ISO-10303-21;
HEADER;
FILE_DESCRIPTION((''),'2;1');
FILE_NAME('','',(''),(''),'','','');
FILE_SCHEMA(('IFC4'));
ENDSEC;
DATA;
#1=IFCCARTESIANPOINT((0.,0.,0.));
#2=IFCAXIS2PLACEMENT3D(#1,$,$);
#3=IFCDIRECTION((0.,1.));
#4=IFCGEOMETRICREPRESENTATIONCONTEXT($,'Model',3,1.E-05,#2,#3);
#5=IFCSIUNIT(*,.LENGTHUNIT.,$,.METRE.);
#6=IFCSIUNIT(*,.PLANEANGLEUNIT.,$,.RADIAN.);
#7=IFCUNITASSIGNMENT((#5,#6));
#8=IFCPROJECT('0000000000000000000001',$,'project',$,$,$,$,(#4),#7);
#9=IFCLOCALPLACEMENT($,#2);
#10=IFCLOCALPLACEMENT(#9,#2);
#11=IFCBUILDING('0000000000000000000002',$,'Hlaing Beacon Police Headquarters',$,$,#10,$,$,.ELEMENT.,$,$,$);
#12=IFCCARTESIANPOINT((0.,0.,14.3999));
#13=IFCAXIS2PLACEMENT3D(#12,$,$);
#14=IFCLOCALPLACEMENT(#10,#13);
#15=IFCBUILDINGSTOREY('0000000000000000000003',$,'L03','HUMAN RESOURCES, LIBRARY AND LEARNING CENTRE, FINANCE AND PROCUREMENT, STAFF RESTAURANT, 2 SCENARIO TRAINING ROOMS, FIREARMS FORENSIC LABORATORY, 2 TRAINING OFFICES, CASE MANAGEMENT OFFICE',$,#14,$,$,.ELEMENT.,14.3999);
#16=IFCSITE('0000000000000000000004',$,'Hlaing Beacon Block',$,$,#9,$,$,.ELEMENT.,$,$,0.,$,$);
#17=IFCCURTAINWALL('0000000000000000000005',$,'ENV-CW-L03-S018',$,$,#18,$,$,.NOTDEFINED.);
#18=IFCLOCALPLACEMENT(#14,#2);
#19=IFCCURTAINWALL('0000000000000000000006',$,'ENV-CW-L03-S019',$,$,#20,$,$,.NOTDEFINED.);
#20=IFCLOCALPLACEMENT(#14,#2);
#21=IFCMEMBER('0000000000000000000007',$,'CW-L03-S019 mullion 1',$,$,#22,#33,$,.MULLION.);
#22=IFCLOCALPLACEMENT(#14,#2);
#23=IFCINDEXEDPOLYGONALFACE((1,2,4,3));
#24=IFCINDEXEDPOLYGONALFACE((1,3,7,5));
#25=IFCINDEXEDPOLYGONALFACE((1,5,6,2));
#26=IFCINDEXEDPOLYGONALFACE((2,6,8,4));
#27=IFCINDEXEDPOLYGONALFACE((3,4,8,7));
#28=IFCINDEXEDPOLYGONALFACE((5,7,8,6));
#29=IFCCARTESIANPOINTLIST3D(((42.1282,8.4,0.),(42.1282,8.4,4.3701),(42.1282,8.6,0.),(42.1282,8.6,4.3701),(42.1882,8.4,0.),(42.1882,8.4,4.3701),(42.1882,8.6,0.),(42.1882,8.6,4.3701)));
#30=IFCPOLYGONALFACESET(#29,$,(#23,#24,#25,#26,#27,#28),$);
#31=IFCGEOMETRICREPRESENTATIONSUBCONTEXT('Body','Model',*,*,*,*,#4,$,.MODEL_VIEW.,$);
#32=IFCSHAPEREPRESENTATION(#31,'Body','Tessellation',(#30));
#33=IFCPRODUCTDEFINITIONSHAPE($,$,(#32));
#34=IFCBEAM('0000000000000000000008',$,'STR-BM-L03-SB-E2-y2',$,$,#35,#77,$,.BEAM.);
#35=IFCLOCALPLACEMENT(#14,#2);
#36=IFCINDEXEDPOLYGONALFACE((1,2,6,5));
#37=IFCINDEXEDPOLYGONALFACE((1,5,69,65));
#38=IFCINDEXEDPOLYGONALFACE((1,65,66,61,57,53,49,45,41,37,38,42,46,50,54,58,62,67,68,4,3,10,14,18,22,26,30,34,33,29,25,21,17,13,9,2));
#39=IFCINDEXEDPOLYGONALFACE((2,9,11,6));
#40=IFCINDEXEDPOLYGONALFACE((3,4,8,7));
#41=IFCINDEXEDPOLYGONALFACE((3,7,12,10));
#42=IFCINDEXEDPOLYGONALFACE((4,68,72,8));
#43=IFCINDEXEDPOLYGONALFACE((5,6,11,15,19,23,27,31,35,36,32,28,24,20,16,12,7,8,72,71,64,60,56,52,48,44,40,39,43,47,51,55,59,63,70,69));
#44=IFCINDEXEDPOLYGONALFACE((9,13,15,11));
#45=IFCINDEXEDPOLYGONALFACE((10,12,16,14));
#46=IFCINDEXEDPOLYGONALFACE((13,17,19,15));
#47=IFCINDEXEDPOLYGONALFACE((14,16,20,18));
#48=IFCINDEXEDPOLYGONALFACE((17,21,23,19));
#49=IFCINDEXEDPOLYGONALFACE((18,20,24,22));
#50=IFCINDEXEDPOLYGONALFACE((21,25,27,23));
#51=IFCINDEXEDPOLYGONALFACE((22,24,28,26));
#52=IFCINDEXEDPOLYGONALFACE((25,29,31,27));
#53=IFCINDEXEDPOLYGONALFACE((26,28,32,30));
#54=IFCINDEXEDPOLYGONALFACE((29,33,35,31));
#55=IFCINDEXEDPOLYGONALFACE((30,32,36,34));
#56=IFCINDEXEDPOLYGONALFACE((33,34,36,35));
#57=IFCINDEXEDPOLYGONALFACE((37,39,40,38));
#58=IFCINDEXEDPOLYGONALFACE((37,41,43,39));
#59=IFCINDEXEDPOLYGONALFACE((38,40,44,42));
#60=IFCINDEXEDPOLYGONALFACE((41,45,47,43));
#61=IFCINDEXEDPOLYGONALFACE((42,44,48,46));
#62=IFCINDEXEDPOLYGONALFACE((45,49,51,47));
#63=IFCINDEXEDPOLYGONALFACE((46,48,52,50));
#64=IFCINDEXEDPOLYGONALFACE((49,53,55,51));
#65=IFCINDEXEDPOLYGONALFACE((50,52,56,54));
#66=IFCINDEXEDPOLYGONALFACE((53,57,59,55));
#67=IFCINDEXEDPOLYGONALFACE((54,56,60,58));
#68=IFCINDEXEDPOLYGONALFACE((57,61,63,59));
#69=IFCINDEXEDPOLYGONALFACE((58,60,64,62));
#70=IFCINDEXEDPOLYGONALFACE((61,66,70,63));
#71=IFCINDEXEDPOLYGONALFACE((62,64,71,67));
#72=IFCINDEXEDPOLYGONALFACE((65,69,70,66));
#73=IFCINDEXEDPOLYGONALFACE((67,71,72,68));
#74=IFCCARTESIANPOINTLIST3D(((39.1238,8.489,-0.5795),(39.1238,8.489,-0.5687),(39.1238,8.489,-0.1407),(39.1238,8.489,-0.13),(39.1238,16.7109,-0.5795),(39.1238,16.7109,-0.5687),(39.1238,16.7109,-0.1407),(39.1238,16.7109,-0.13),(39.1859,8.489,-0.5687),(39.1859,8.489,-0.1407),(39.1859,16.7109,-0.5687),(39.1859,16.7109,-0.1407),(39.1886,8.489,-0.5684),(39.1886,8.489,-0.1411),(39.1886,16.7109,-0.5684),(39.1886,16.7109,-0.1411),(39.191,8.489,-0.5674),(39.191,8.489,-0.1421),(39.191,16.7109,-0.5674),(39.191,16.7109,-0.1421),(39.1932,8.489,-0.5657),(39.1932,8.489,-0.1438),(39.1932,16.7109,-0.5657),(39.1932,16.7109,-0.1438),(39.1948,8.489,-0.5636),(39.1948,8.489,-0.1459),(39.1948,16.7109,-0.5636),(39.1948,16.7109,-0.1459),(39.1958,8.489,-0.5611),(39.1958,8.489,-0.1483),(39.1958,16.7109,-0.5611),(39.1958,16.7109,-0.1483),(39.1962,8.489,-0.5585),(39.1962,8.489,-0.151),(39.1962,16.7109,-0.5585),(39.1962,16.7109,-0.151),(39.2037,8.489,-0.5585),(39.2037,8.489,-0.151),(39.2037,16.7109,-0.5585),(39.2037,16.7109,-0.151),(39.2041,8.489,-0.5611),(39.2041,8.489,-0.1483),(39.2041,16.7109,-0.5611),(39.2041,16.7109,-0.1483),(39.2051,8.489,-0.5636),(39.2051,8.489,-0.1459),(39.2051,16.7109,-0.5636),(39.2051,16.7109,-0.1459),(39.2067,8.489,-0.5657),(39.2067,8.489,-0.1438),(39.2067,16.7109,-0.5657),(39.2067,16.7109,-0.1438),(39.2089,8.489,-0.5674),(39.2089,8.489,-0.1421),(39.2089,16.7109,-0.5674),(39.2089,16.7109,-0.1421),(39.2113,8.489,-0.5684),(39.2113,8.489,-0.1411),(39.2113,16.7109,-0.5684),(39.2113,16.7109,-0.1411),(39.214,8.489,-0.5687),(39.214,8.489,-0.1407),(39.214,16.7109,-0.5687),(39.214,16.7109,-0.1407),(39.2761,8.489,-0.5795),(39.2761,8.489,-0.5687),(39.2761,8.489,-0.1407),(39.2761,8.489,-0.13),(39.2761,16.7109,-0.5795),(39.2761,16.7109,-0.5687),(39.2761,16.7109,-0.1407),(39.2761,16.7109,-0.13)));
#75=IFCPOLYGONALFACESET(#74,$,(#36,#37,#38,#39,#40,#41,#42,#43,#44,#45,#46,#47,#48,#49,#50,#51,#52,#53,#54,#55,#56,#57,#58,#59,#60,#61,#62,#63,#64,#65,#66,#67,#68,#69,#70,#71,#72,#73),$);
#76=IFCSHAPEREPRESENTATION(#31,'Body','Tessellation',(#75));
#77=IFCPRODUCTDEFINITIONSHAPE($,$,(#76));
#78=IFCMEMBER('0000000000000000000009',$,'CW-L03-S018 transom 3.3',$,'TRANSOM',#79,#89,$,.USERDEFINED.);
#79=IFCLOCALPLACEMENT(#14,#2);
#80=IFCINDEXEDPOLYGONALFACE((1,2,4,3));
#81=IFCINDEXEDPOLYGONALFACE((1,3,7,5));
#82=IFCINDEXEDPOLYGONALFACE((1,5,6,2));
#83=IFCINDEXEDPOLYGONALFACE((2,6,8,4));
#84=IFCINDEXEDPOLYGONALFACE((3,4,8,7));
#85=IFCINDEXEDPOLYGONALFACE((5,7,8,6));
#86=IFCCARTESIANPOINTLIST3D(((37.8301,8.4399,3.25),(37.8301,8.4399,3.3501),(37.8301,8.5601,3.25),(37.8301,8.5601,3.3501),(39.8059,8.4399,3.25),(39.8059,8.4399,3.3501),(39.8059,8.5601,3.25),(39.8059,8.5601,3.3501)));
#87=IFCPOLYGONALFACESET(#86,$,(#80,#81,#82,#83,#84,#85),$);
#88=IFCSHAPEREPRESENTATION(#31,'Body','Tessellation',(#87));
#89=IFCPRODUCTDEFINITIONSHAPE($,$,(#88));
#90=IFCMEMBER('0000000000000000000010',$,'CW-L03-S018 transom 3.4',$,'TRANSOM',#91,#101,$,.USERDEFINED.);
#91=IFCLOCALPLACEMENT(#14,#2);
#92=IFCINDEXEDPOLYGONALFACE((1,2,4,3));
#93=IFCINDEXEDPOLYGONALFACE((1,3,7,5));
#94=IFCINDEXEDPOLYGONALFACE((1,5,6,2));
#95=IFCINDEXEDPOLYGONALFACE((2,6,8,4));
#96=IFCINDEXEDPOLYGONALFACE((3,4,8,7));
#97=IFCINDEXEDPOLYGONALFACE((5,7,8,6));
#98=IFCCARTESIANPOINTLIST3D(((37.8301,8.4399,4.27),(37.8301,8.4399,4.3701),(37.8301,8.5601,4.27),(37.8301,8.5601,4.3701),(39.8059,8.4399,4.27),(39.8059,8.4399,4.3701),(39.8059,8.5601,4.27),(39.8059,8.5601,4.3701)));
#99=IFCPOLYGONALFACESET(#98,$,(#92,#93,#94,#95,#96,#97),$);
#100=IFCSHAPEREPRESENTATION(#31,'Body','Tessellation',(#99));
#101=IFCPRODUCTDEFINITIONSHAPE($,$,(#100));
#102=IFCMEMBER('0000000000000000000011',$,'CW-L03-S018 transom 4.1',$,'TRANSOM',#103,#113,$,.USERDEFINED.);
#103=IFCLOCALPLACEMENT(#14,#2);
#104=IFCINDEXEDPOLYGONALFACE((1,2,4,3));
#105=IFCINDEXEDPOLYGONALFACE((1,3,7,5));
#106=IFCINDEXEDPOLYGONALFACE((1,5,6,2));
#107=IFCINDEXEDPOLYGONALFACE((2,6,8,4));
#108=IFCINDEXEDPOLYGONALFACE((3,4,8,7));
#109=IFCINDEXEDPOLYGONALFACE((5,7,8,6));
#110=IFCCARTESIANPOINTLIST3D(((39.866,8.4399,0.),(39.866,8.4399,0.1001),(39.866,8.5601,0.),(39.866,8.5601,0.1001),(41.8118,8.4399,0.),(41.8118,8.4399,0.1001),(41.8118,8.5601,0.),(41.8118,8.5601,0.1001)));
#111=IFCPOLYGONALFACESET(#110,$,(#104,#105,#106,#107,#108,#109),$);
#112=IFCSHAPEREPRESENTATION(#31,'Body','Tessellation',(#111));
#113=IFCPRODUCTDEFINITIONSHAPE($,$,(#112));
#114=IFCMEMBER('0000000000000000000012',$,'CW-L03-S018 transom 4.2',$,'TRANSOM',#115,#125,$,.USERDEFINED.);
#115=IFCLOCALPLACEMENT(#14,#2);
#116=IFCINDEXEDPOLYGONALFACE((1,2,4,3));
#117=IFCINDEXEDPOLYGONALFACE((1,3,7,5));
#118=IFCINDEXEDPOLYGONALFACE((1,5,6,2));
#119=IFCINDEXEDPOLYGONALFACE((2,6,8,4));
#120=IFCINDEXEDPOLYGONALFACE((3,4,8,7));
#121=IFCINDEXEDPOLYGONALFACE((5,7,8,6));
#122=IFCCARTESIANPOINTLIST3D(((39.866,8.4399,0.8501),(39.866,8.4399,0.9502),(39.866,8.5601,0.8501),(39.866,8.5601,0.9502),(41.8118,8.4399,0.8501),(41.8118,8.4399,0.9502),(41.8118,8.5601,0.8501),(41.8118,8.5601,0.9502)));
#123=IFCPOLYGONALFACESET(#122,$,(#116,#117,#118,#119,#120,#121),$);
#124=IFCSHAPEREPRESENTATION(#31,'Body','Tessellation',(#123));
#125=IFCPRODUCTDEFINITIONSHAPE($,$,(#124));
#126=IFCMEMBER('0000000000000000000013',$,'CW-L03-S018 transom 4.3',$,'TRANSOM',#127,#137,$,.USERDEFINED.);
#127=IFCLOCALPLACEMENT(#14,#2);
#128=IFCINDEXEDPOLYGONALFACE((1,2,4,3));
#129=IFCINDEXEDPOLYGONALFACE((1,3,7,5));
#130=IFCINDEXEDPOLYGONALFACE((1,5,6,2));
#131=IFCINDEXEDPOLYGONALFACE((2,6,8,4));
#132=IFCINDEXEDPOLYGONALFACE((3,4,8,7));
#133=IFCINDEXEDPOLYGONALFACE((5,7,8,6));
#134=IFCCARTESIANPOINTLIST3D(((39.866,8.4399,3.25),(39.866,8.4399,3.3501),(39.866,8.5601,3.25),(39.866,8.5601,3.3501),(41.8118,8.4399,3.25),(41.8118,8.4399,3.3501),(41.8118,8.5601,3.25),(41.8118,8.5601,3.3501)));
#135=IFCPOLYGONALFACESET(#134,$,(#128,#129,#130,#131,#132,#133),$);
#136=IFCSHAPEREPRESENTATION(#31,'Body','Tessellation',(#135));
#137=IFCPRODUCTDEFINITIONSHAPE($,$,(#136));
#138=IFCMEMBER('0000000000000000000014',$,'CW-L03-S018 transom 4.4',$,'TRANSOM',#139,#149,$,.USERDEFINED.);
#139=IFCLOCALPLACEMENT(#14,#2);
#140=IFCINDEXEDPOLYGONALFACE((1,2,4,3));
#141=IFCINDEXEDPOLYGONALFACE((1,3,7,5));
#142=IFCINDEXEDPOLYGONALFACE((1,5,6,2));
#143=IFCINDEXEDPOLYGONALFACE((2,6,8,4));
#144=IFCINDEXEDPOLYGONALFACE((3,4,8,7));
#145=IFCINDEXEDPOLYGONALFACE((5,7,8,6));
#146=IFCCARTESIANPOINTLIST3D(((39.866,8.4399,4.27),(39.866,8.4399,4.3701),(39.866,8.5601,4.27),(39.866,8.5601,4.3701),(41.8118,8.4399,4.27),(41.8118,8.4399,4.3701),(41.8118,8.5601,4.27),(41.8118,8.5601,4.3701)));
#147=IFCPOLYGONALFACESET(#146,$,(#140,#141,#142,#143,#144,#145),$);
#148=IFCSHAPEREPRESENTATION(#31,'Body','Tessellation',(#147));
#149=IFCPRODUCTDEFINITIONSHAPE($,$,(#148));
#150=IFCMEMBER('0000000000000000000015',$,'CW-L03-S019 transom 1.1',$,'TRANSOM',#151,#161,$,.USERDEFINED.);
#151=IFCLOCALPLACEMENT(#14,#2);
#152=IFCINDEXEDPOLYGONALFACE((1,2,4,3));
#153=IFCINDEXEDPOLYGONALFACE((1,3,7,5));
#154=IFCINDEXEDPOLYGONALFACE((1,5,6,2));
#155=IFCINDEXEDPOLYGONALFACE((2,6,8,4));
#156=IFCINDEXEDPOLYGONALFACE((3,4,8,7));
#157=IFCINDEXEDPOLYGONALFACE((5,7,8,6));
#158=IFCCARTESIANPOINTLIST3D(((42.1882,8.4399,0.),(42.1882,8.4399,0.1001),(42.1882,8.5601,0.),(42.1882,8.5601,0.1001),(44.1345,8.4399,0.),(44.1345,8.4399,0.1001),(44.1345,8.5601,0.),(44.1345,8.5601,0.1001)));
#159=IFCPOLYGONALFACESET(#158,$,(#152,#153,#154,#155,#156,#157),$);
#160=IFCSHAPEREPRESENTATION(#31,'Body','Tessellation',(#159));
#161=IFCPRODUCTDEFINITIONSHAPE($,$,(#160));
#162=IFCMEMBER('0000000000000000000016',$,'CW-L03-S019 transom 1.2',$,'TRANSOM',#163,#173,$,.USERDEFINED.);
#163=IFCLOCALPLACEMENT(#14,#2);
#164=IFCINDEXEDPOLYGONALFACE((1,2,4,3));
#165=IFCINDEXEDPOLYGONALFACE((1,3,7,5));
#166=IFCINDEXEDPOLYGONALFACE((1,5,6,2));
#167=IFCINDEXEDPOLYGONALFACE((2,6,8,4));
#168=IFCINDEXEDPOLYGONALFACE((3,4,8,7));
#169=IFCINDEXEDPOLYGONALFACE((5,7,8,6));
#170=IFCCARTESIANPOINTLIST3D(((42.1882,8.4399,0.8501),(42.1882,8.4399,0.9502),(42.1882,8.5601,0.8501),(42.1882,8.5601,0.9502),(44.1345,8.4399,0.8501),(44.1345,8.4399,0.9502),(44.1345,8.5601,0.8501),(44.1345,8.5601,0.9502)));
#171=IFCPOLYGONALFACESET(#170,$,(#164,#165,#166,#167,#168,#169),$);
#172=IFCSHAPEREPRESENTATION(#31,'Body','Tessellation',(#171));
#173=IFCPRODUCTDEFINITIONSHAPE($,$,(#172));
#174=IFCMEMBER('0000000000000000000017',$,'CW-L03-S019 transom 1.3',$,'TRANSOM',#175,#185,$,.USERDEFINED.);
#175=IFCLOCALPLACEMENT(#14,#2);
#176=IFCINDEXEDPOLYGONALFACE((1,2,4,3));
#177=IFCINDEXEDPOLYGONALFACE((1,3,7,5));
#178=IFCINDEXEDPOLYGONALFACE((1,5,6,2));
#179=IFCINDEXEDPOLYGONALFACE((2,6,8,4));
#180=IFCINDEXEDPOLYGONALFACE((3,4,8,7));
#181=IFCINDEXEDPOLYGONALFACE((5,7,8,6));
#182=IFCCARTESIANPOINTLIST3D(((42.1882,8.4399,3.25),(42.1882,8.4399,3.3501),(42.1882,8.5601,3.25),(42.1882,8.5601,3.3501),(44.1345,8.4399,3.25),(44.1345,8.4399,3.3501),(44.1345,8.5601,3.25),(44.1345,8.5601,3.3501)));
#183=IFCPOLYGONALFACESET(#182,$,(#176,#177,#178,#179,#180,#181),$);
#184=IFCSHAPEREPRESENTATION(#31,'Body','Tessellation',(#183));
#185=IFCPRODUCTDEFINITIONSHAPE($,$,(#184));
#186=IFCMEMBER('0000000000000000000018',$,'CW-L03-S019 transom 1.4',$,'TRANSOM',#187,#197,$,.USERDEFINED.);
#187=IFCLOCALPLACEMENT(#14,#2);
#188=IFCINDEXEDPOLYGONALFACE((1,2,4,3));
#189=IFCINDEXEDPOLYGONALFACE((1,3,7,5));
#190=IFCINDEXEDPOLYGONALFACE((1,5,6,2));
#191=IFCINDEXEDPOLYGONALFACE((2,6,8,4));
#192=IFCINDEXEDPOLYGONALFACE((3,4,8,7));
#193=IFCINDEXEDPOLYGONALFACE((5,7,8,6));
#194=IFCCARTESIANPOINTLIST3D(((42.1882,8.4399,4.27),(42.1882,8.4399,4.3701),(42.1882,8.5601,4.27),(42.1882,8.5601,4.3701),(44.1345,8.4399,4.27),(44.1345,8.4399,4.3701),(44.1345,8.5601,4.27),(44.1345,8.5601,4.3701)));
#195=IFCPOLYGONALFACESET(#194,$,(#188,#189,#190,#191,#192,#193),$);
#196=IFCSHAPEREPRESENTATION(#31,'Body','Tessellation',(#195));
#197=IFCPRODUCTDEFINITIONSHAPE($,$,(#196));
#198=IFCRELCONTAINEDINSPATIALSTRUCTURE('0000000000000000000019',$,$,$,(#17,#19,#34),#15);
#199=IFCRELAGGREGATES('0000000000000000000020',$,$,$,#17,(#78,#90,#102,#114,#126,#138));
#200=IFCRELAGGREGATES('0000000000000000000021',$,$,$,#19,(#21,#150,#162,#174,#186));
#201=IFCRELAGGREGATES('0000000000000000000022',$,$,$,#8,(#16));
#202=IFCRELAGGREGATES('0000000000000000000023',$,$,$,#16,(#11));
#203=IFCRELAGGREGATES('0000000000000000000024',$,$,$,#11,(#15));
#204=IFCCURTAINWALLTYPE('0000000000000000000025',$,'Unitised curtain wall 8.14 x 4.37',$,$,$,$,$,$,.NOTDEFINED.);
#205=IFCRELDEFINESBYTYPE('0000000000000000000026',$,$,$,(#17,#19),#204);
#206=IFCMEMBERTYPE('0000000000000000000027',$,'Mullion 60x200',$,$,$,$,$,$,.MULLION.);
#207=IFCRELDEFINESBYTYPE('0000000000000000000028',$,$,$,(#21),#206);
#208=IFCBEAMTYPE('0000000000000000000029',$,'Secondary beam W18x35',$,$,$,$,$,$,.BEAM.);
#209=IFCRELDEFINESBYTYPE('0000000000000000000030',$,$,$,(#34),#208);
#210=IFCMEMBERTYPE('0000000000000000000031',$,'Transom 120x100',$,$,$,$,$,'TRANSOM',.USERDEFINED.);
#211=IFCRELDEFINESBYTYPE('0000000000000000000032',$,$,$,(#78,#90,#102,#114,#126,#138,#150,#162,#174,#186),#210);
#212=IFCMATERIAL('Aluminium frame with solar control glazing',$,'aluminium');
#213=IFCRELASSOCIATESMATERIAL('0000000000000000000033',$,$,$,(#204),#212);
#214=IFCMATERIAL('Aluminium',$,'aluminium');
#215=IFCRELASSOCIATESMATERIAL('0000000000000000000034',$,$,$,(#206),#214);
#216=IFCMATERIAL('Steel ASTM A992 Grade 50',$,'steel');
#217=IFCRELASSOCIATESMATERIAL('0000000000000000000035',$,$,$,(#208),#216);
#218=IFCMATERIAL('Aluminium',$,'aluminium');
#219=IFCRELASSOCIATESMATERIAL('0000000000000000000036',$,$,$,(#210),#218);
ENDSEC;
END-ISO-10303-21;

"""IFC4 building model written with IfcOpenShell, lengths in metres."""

from ifc_helpers import new_model, si_unit, direction, frame, origin, origin_2d, place, context, subcontext, project, spatial, rectangle, i_section, extrude, material, material_profile, profile_set, type_object, element, aggregate, save


model = new_model("IFC4")

# Units and contexts
model_context = context("Model", 3, precision=1e-05, world=origin(), true_north=direction((0.0, 1.0)))
body_context = subcontext(model_context, "Body", "Model", "MODEL_VIEW")
ifc_project = project(units=[si_unit("LENGTHUNIT", "METRE"), si_unit("PLANEANGLEUNIT", "RADIAN")], contexts=[model_context])

# Site, building, storey
site_placement = place(None, origin())
site = spatial("IfcSite", under=ifc_project, at=site_placement, Name="Hlaing Beacon Block", CompositionType="ELEMENT", RefElevation=0.0)
building_placement = place(site_placement, origin())
building = spatial("IfcBuilding", under=site, at=building_placement, Name="Hlaing Beacon Police Headquarters", CompositionType="ELEMENT")
storey_placement = place(building_placement, frame((0.0, 0.0, 14.3999)))
storey = spatial("IfcBuildingStorey", under=building, at=storey_placement, Name="L03", Description="HUMAN RESOURCES, LIBRARY AND LEARNING CENTRE, FINANCE AND PROCUREMENT, STAFF RESTAURANT, 2 SCENARIO TRAINING ROOMS, FIREARMS FORENSIC LABORATORY, 2 TRAINING OFFICES, CASE MANAGEMENT OFFICE", CompositionType="ELEMENT", Elevation=14.3999)

# Curtain wall
ifc_material_1 = material(Name="Aluminium frame with solar control glazing", Category="aluminium")
curtain_wall_type = type_object("IfcCurtainWallType", Name="Unitised curtain wall 8.14 x 4.37", PredefinedType="NOTDEFINED", material=ifc_material_1)
curtain_wall_1_placement = place(storey_placement, origin())
curtain_wall_1 = element("IfcCurtainWall", 1, at=curtain_wall_1_placement, inside=storey, type_object=curtain_wall_type, Name="ENV-CW-L03-S018", PredefinedType="NOTDEFINED")
ifc_material_2 = material(Name="Aluminium", Category="aluminium")
ifc_material_profile_1 = material_profile(ifc_material_2, rectangle(XDim=0.2, YDim=0.0601, at=origin_2d()), Name="Mullion 60x200")
ifc_profile_set_1 = profile_set([ifc_material_profile_1], Name="Aluminium")
member_type_1 = type_object("IfcMemberType", Name="Mullion 60x200", PredefinedType="MULLION", material=ifc_profile_set_1)

# Curtain wall, member
curtain_wall_2_placement = place(storey_placement, origin())
curtain_wall_2 = element("IfcCurtainWall", 2, at=curtain_wall_2_placement, inside=storey, type_object=curtain_wall_type, Name="ENV-CW-L03-S019", PredefinedType="NOTDEFINED")
member_1_placement = place(storey_placement, frame((42.1582, 8.5, 0.0), z_axis=(0.0, 0.0, 1.0), x_axis=(0.0, 1.0, 0.0)))
member_1 = element("IfcMember", 3, at=member_1_placement, type_object=member_type_1, Name="CW-L03-S019 mullion 1", PredefinedType="MULLION", context=body_context, shape_type="SweptSolid", body=[
    extrude(rectangle(XDim=0.2, YDim=0.0601, at=origin_2d()), origin(), (0.0, 0.0, 1.0), 4.3701),
])

# Beam
ifc_material_3 = material(Name="Steel ASTM A992 Grade 50", Category="steel")
ifc_material_profile_2 = material_profile(ifc_material_3, i_section(OverallWidth=0.1523, OverallDepth=0.4495, WebThickness=0.0076, FlangeThickness=0.0107, FilletRadius=0.0103, at=origin_2d()), Name="W18x35")
ifc_profile_set_2 = profile_set([ifc_material_profile_2], Name="Steel ASTM A992 Grade 50")
beam_type_1 = type_object("IfcBeamType", Name="Secondary beam W18x35", PredefinedType="BEAM", material=ifc_profile_set_2)
beam_1_placement = place(storey_placement, frame((39.2, 8.489, -0.3547), z_axis=(0.0, 1.0, 0.0), x_axis=(-1.0, 0.0, 0.0)))
element("IfcBeam", 4, at=beam_1_placement, inside=storey, type_object=beam_type_1, Name="STR-BM-L03-SB-E2-y2", PredefinedType="BEAM", context=body_context, shape_type="SweptSolid", body=[
    extrude(i_section(OverallWidth=0.1523, OverallDepth=0.4495, WebThickness=0.0076, FlangeThickness=0.0107, FilletRadius=0.0103, at=origin_2d()), origin(), (0.0, 0.0, 1.0), 8.2219),
])

# Members
ifc_material_4 = material(Name="Aluminium", Category="aluminium")
ifc_material_profile_3 = material_profile(ifc_material_4, rectangle(XDim=0.1201, YDim=0.1001, at=origin_2d()), Name="Transom 120x100")
ifc_profile_set_3 = profile_set([ifc_material_profile_3], Name="Aluminium")
member_type_2 = type_object("IfcMemberType", Name="Transom 120x100", ElementType="TRANSOM", PredefinedType="USERDEFINED", material=ifc_profile_set_3)
member_2_placement = place(storey_placement, frame((37.8301, 8.5, 3.3), z_axis=(1.0, 0.0, 0.0), x_axis=(0.0, 1.0, 0.0)))
member_2 = element("IfcMember", 5, at=member_2_placement, type_object=member_type_2, Name="CW-L03-S018 transom 3.3", ObjectType="TRANSOM", PredefinedType="USERDEFINED", context=body_context, shape_type="SweptSolid", body=[
    extrude(rectangle(XDim=0.1201, YDim=0.1001, at=origin_2d()), origin(), (0.0, 0.0, 1.0), 1.9758),
])
member_3_placement = place(storey_placement, frame((37.8301, 8.5, 4.3201), z_axis=(1.0, 0.0, 0.0), x_axis=(0.0, 1.0, 0.0)))
member_3 = element("IfcMember", 6, at=member_3_placement, type_object=member_type_2, Name="CW-L03-S018 transom 3.4", ObjectType="TRANSOM", PredefinedType="USERDEFINED", context=body_context, shape_type="SweptSolid", body=[
    extrude(rectangle(XDim=0.1201, YDim=0.1001, at=origin_2d()), origin(), (0.0, 0.0, 1.0), 1.9758),
])
member_4_placement = place(storey_placement, frame((39.866, 8.5, 0.05), z_axis=(1.0, 0.0, 0.0), x_axis=(0.0, 1.0, 0.0)))
member_4 = element("IfcMember", 7, at=member_4_placement, type_object=member_type_2, Name="CW-L03-S018 transom 4.1", ObjectType="TRANSOM", PredefinedType="USERDEFINED", context=body_context, shape_type="SweptSolid", body=[
    extrude(rectangle(XDim=0.1201, YDim=0.1001, at=origin_2d()), origin(), (0.0, 0.0, 1.0), 1.9458),
])
member_5_placement = place(storey_placement, frame((39.866, 8.5, 0.9001), z_axis=(1.0, 0.0, 0.0), x_axis=(0.0, 1.0, 0.0)))
member_5 = element("IfcMember", 8, at=member_5_placement, type_object=member_type_2, Name="CW-L03-S018 transom 4.2", ObjectType="TRANSOM", PredefinedType="USERDEFINED", context=body_context, shape_type="SweptSolid", body=[
    extrude(rectangle(XDim=0.1201, YDim=0.1001, at=origin_2d()), origin(), (0.0, 0.0, 1.0), 1.9458),
])
member_6_placement = place(storey_placement, frame((39.866, 8.5, 3.3), z_axis=(1.0, 0.0, 0.0), x_axis=(0.0, 1.0, 0.0)))
member_6 = element("IfcMember", 9, at=member_6_placement, type_object=member_type_2, Name="CW-L03-S018 transom 4.3", ObjectType="TRANSOM", PredefinedType="USERDEFINED", context=body_context, shape_type="SweptSolid", body=[
    extrude(rectangle(XDim=0.1201, YDim=0.1001, at=origin_2d()), origin(), (0.0, 0.0, 1.0), 1.9458),
])
member_7_placement = place(storey_placement, frame((39.866, 8.5, 4.3201), z_axis=(1.0, 0.0, 0.0), x_axis=(0.0, 1.0, 0.0)))
member_7 = element("IfcMember", 10, at=member_7_placement, type_object=member_type_2, Name="CW-L03-S018 transom 4.4", ObjectType="TRANSOM", PredefinedType="USERDEFINED", context=body_context, shape_type="SweptSolid", body=[
    extrude(rectangle(XDim=0.1201, YDim=0.1001, at=origin_2d()), origin(), (0.0, 0.0, 1.0), 1.9458),
])
member_8_placement = place(storey_placement, frame((42.1882, 8.5, 0.05), z_axis=(1.0, 0.0, 0.0), x_axis=(0.0, 1.0, 0.0)))
member_8 = element("IfcMember", 11, at=member_8_placement, type_object=member_type_2, Name="CW-L03-S019 transom 1.1", ObjectType="TRANSOM", PredefinedType="USERDEFINED", context=body_context, shape_type="SweptSolid", body=[
    extrude(rectangle(XDim=0.1201, YDim=0.1001, at=origin_2d()), origin(), (0.0, 0.0, 1.0), 1.9463),
])
member_9_placement = place(storey_placement, frame((42.1882, 8.5, 0.9001), z_axis=(1.0, 0.0, 0.0), x_axis=(0.0, 1.0, 0.0)))
member_9 = element("IfcMember", 12, at=member_9_placement, type_object=member_type_2, Name="CW-L03-S019 transom 1.2", ObjectType="TRANSOM", PredefinedType="USERDEFINED", context=body_context, shape_type="SweptSolid", body=[
    extrude(rectangle(XDim=0.1201, YDim=0.1001, at=origin_2d()), origin(), (0.0, 0.0, 1.0), 1.9463),
])
member_10_placement = place(storey_placement, frame((42.1882, 8.5, 3.3), z_axis=(1.0, 0.0, 0.0), x_axis=(0.0, 1.0, 0.0)))
member_10 = element("IfcMember", 13, at=member_10_placement, type_object=member_type_2, Name="CW-L03-S019 transom 1.3", ObjectType="TRANSOM", PredefinedType="USERDEFINED", context=body_context, shape_type="SweptSolid", body=[
    extrude(rectangle(XDim=0.1201, YDim=0.1001, at=origin_2d()), origin(), (0.0, 0.0, 1.0), 1.9463),
])
member_11_placement = place(storey_placement, frame((42.1882, 8.5, 4.3201), z_axis=(1.0, 0.0, 0.0), x_axis=(0.0, 1.0, 0.0)))
member_11 = element("IfcMember", 14, at=member_11_placement, type_object=member_type_2, Name="CW-L03-S019 transom 1.4", ObjectType="TRANSOM", PredefinedType="USERDEFINED", context=body_context, shape_type="SweptSolid", body=[
    extrude(rectangle(XDim=0.1201, YDim=0.1001, at=origin_2d()), origin(), (0.0, 0.0, 1.0), 1.9463),
])

aggregate(curtain_wall_1, [member_2, member_3, member_4, member_5, member_6, member_7])
aggregate(curtain_wall_2, [member_1, member_8, member_9, member_10, member_11])

save(model, "model.ifc")
